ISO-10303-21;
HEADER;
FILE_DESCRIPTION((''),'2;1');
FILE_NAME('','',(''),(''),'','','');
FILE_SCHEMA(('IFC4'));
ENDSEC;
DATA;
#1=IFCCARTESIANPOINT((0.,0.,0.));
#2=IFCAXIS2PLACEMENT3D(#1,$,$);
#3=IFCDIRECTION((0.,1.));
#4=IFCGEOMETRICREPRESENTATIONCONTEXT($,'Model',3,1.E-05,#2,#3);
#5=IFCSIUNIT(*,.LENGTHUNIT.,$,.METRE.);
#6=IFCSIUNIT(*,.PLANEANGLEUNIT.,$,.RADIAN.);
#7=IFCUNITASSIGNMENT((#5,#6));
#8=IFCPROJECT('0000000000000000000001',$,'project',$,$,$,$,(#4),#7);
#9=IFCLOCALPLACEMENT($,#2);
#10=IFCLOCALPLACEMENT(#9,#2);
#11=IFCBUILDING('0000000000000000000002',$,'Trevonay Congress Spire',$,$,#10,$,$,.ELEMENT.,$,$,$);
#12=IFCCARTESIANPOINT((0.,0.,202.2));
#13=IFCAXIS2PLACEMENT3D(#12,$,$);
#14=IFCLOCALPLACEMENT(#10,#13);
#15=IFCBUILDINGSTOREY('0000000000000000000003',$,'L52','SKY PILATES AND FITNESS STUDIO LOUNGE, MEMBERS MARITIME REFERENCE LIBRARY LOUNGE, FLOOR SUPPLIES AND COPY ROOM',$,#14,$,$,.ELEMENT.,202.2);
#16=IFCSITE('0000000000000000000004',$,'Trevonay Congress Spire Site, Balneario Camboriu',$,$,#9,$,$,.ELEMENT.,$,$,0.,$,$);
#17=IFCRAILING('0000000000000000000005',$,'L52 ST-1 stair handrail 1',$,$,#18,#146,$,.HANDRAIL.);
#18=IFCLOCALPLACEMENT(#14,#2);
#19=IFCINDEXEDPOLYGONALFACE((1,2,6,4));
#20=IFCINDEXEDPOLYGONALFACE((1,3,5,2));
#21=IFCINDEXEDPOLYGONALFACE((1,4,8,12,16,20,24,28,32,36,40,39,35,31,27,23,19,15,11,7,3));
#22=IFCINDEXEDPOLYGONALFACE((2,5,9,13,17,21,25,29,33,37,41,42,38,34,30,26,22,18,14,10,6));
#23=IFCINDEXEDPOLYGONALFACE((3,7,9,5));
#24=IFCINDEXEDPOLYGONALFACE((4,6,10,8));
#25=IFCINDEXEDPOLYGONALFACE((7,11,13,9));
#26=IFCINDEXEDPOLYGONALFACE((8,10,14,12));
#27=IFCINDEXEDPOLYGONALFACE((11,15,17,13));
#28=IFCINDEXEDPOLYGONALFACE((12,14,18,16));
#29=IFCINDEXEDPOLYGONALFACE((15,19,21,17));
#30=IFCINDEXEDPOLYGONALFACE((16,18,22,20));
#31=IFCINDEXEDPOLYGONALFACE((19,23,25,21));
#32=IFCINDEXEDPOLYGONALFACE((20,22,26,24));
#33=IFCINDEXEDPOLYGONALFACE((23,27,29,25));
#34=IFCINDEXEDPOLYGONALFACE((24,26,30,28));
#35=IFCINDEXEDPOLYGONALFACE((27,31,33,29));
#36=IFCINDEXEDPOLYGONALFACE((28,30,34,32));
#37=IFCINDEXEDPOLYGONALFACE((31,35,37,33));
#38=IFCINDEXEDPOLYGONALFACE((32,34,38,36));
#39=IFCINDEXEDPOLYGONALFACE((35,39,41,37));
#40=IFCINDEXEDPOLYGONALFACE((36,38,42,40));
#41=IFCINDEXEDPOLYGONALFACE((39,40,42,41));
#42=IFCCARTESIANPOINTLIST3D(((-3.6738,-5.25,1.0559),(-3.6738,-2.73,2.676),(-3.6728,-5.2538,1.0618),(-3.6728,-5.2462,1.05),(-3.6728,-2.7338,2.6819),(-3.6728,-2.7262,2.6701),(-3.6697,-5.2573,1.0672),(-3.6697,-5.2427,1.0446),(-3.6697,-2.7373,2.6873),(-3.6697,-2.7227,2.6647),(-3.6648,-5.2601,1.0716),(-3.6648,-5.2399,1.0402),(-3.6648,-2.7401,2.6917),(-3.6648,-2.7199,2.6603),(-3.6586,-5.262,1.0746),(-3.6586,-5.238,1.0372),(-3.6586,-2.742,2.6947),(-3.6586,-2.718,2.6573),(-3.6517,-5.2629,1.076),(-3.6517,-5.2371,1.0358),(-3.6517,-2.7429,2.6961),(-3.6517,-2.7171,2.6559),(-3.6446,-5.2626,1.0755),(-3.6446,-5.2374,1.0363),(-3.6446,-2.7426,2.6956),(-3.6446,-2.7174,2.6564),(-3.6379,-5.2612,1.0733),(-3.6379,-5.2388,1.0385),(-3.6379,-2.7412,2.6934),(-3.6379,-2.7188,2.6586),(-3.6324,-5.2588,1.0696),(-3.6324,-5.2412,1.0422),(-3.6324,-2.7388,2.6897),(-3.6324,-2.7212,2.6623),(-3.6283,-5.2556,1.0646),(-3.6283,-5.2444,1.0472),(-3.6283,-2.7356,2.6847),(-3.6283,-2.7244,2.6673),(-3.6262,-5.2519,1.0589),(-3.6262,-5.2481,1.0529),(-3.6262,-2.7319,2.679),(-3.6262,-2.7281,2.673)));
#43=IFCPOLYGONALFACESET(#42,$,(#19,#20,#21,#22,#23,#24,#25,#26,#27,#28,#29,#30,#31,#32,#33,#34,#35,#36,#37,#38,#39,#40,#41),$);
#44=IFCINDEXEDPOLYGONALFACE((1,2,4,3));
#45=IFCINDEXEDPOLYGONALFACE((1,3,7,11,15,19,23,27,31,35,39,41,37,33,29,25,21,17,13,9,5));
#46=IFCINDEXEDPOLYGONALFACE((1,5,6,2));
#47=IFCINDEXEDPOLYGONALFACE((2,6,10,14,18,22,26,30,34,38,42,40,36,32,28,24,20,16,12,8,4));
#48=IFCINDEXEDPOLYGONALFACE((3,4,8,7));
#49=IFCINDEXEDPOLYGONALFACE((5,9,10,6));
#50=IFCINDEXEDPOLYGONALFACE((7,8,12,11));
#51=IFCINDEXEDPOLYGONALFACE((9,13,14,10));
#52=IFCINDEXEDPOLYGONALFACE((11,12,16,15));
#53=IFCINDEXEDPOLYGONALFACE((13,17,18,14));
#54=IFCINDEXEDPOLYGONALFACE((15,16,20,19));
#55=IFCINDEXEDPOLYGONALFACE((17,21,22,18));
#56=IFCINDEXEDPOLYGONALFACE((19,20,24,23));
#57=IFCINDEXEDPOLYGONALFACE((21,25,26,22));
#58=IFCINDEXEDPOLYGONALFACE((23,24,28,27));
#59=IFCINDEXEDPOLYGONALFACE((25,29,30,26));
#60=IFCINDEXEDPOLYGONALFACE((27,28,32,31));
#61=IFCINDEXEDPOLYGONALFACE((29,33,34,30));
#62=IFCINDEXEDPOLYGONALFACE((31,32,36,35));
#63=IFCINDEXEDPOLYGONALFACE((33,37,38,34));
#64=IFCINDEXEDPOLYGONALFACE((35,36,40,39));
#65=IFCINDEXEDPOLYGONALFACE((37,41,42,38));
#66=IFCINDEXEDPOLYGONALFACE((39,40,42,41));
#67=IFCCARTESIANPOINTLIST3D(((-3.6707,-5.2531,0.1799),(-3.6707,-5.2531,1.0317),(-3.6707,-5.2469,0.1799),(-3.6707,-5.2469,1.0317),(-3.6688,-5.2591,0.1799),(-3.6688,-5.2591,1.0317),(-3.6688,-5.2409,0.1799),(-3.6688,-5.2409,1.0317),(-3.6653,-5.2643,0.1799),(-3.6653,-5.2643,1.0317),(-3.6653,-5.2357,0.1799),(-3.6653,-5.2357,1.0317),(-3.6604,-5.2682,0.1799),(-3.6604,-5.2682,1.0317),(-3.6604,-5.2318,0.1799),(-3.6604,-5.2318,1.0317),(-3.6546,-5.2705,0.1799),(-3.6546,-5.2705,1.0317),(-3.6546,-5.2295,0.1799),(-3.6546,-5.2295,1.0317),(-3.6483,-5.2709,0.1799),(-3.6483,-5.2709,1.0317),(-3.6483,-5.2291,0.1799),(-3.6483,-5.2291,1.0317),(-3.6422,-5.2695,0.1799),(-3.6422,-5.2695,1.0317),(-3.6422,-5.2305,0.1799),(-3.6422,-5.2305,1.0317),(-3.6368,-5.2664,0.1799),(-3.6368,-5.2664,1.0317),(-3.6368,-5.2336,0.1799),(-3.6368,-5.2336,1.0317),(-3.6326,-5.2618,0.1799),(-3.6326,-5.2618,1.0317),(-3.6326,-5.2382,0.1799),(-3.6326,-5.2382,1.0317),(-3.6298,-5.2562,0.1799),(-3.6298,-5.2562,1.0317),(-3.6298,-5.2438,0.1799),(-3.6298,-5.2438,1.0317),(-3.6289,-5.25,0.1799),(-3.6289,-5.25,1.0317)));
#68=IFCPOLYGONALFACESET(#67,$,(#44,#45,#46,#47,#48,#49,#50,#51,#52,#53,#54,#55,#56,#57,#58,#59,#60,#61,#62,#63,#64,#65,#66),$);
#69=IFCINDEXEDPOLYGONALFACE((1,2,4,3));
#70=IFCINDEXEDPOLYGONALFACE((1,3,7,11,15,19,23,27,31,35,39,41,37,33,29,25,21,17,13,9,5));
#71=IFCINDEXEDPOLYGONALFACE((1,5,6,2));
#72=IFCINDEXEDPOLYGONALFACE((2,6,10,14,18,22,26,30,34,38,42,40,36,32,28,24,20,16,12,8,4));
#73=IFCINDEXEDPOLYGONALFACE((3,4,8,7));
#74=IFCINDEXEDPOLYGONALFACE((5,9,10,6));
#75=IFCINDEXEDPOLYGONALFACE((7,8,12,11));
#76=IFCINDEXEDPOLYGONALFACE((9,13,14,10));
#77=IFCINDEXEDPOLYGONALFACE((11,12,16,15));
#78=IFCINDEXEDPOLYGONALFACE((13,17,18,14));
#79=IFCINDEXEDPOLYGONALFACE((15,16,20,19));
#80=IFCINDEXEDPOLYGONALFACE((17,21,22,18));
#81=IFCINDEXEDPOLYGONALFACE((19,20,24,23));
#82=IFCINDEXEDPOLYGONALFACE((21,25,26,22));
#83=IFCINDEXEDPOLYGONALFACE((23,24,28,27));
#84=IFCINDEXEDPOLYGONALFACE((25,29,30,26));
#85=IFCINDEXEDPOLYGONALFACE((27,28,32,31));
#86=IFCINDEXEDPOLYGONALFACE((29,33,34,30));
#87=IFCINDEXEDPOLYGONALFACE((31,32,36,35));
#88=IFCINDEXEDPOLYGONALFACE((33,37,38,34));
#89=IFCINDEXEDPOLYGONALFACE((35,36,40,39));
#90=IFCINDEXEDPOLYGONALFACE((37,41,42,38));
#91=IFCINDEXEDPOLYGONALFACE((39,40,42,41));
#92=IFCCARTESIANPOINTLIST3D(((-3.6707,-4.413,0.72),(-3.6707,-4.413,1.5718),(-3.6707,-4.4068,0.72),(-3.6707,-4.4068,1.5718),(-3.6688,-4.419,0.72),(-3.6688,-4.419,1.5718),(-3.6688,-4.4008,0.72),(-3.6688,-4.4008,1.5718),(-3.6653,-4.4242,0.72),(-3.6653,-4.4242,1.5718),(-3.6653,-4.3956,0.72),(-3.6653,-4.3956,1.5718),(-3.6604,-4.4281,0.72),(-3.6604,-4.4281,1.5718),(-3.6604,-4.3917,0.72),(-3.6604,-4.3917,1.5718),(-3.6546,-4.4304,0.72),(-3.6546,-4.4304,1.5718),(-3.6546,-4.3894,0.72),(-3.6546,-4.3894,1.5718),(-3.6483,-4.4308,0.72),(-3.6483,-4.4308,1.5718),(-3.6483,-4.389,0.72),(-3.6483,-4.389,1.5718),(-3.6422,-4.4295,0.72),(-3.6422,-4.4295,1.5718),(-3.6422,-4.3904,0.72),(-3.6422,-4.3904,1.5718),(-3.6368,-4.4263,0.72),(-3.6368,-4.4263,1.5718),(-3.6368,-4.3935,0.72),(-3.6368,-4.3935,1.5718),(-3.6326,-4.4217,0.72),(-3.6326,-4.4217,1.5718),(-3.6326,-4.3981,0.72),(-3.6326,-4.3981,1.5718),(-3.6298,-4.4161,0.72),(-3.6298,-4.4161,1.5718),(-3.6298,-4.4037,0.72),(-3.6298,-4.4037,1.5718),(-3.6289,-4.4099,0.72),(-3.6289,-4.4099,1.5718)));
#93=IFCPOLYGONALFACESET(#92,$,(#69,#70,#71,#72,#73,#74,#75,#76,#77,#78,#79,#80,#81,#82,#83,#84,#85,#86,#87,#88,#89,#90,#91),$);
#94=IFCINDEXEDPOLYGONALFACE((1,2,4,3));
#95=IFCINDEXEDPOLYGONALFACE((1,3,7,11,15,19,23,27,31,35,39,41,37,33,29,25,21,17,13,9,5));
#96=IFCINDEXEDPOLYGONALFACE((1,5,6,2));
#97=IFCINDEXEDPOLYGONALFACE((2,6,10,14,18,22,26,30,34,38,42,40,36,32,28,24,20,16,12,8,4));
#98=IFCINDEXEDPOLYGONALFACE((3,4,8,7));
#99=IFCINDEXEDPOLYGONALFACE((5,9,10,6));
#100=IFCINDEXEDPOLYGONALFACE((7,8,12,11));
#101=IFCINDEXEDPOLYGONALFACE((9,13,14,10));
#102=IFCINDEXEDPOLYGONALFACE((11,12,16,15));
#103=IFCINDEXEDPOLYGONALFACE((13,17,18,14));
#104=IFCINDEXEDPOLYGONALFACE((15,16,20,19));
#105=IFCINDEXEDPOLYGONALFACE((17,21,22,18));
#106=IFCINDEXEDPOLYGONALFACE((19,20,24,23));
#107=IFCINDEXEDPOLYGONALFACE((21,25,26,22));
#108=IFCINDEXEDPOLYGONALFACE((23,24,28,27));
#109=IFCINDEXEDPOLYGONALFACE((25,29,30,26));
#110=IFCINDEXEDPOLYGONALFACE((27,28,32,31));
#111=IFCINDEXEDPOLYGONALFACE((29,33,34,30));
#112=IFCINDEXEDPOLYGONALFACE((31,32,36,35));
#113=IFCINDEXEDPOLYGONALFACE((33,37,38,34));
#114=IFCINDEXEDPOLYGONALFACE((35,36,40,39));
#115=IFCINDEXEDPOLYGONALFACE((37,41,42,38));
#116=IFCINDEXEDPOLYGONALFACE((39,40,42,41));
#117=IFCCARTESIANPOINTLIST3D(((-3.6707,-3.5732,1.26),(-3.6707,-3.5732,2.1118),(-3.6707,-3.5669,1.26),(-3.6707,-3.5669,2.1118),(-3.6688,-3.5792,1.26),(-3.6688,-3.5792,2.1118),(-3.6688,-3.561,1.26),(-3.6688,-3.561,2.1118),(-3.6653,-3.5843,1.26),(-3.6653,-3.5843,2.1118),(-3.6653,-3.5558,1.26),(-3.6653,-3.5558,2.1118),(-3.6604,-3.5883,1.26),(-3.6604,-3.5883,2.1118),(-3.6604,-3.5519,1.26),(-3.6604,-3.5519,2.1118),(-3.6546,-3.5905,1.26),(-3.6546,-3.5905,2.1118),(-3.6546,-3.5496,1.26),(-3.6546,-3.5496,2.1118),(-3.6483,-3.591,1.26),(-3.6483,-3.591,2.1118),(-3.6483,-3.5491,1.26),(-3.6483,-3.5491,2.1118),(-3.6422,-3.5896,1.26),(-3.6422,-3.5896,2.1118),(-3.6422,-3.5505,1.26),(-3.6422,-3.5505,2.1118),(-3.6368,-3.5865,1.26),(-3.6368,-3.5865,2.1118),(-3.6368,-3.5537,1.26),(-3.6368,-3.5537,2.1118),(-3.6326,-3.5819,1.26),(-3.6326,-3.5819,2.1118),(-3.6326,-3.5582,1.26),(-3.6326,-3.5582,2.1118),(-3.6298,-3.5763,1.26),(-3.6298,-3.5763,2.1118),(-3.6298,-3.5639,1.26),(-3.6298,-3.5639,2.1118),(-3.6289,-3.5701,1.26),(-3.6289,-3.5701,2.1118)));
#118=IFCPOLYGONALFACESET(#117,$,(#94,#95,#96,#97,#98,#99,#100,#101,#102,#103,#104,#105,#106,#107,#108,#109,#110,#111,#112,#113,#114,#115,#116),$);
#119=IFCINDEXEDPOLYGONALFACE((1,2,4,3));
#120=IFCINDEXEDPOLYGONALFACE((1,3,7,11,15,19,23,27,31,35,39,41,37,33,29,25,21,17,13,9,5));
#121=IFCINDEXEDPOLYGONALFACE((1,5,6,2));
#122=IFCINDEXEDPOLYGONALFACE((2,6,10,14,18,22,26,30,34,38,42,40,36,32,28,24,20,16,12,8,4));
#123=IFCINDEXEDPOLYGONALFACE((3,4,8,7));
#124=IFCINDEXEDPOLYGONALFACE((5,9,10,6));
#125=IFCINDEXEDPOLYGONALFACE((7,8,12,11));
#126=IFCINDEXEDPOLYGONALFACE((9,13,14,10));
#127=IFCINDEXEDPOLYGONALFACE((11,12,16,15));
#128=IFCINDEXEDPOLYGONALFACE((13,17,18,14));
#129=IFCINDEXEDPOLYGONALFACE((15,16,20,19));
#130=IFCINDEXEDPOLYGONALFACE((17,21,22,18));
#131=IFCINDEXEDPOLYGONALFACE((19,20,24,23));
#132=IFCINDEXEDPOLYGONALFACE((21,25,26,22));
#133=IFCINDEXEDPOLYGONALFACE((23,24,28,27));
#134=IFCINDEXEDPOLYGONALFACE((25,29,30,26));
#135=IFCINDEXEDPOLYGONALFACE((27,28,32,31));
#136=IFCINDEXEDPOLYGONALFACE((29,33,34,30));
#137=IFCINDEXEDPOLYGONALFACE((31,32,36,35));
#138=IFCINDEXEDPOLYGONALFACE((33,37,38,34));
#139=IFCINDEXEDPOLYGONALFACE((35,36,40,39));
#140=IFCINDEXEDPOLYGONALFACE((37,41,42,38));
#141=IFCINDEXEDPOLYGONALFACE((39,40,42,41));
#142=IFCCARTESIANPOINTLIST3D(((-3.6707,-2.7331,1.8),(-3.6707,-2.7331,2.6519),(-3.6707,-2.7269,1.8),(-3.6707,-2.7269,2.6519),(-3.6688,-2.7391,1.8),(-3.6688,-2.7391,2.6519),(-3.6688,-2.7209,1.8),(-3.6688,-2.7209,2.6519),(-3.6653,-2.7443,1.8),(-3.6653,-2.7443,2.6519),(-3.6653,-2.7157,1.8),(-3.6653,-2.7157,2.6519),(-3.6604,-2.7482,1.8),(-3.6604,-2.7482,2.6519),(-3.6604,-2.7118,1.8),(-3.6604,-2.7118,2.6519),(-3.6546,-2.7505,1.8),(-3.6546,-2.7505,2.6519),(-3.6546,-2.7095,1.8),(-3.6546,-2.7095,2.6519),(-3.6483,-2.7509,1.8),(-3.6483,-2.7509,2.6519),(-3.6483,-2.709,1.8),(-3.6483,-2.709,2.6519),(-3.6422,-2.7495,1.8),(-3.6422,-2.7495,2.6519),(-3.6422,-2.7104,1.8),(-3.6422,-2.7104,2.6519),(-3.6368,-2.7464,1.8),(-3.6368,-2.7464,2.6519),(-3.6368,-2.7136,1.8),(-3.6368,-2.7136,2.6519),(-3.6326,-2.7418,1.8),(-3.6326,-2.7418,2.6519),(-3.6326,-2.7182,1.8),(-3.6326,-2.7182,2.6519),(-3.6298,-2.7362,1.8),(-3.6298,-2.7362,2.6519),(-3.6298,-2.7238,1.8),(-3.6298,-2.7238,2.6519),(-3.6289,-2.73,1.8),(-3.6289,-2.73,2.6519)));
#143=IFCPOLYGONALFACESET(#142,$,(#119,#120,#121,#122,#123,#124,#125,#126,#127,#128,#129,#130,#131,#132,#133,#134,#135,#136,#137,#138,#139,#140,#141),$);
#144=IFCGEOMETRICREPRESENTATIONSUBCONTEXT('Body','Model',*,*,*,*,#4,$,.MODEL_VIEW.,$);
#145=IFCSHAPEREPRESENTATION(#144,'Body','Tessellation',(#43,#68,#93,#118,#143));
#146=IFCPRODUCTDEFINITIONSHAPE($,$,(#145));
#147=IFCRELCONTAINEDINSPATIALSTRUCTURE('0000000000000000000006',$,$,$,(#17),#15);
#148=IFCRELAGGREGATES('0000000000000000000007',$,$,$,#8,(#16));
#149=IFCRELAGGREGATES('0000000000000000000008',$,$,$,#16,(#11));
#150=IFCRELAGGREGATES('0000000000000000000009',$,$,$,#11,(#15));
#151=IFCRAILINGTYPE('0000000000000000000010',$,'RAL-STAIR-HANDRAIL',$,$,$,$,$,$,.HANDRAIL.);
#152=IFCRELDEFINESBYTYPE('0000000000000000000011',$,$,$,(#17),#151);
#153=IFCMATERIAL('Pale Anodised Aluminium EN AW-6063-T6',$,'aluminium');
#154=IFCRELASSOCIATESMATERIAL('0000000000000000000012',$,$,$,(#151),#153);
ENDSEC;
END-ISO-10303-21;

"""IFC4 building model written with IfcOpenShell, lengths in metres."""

from ifc_helpers import new_model, si_unit, direction, frame, origin, origin_2d, place, context, subcontext, project, spatial, circle, extrude, material, type_object, element, save


model = new_model("IFC4")

# Units and contexts
model_context = context("Model", 3, precision=1e-05, world=origin(), true_north=direction((0.0, 1.0)))
body_context = subcontext(model_context, "Body", "Model", "MODEL_VIEW")
ifc_project = project(units=[si_unit("LENGTHUNIT", "METRE"), si_unit("PLANEANGLEUNIT", "RADIAN")], contexts=[model_context])

# Site, building, storey
site_placement = place(None, origin())
site = spatial("IfcSite", under=ifc_project, at=site_placement, Name="Trevonay Congress Spire Site, Balneario Camboriu", CompositionType="ELEMENT", RefElevation=0.0)
building_placement = place(site_placement, origin())
building = spatial("IfcBuilding", under=site, at=building_placement, Name="Trevonay Congress Spire", CompositionType="ELEMENT")
storey_placement = place(building_placement, frame((0.0, 0.0, 202.2)))
storey = spatial("IfcBuildingStorey", under=building, at=storey_placement, Name="L52", Description="SKY PILATES AND FITNESS STUDIO LOUNGE, MEMBERS MARITIME REFERENCE LIBRARY LOUNGE, FLOOR SUPPLIES AND COPY ROOM", CompositionType="ELEMENT", Elevation=202.2)

# Railing
ifc_material_1 = material(Name="Pale Anodised Aluminium EN AW-6063-T6", Category="aluminium")
railing_type_1 = type_object("IfcRailingType", Name="RAL-STAIR-HANDRAIL", PredefinedType="HANDRAIL", material=ifc_material_1)
railing_1_placement = place(storey_placement, frame((-3.6499, -5.25, 0.1799)))
element("IfcRailing", 1, at=railing_1_placement, inside=storey, type_object=railing_type_1, Name="L52 ST-1 stair handrail 1", PredefinedType="HANDRAIL", context=body_context, shape_type="SweptSolid", body=[
    extrude(circle(Radius=0.0239, at=origin_2d()), frame((0.0, 0.0, 0.876), z_axis=(0.0, 0.841163, 0.540782), x_axis=(-1.0, 0.0, 0.0)), (0.0, 0.0, 1.0), 2.9958),
    extrude(circle(Radius=0.021, at=origin_2d()), origin(), (0.0, 0.0, 1.0), 0.8518),
    extrude(circle(Radius=0.021, at=origin_2d()), frame((0.0, 0.8401, 0.54)), (0.0, 0.0, 1.0), 0.8518),
    extrude(circle(Radius=0.021, at=origin_2d()), frame((0.0, 1.6799, 1.0801)), (0.0, 0.0, 1.0), 0.8518),
    extrude(circle(Radius=0.021, at=origin_2d()), frame((0.0, 2.52, 1.6201)), (0.0, 0.0, 1.0), 0.8518),
])

save(model, "model.ifc")
